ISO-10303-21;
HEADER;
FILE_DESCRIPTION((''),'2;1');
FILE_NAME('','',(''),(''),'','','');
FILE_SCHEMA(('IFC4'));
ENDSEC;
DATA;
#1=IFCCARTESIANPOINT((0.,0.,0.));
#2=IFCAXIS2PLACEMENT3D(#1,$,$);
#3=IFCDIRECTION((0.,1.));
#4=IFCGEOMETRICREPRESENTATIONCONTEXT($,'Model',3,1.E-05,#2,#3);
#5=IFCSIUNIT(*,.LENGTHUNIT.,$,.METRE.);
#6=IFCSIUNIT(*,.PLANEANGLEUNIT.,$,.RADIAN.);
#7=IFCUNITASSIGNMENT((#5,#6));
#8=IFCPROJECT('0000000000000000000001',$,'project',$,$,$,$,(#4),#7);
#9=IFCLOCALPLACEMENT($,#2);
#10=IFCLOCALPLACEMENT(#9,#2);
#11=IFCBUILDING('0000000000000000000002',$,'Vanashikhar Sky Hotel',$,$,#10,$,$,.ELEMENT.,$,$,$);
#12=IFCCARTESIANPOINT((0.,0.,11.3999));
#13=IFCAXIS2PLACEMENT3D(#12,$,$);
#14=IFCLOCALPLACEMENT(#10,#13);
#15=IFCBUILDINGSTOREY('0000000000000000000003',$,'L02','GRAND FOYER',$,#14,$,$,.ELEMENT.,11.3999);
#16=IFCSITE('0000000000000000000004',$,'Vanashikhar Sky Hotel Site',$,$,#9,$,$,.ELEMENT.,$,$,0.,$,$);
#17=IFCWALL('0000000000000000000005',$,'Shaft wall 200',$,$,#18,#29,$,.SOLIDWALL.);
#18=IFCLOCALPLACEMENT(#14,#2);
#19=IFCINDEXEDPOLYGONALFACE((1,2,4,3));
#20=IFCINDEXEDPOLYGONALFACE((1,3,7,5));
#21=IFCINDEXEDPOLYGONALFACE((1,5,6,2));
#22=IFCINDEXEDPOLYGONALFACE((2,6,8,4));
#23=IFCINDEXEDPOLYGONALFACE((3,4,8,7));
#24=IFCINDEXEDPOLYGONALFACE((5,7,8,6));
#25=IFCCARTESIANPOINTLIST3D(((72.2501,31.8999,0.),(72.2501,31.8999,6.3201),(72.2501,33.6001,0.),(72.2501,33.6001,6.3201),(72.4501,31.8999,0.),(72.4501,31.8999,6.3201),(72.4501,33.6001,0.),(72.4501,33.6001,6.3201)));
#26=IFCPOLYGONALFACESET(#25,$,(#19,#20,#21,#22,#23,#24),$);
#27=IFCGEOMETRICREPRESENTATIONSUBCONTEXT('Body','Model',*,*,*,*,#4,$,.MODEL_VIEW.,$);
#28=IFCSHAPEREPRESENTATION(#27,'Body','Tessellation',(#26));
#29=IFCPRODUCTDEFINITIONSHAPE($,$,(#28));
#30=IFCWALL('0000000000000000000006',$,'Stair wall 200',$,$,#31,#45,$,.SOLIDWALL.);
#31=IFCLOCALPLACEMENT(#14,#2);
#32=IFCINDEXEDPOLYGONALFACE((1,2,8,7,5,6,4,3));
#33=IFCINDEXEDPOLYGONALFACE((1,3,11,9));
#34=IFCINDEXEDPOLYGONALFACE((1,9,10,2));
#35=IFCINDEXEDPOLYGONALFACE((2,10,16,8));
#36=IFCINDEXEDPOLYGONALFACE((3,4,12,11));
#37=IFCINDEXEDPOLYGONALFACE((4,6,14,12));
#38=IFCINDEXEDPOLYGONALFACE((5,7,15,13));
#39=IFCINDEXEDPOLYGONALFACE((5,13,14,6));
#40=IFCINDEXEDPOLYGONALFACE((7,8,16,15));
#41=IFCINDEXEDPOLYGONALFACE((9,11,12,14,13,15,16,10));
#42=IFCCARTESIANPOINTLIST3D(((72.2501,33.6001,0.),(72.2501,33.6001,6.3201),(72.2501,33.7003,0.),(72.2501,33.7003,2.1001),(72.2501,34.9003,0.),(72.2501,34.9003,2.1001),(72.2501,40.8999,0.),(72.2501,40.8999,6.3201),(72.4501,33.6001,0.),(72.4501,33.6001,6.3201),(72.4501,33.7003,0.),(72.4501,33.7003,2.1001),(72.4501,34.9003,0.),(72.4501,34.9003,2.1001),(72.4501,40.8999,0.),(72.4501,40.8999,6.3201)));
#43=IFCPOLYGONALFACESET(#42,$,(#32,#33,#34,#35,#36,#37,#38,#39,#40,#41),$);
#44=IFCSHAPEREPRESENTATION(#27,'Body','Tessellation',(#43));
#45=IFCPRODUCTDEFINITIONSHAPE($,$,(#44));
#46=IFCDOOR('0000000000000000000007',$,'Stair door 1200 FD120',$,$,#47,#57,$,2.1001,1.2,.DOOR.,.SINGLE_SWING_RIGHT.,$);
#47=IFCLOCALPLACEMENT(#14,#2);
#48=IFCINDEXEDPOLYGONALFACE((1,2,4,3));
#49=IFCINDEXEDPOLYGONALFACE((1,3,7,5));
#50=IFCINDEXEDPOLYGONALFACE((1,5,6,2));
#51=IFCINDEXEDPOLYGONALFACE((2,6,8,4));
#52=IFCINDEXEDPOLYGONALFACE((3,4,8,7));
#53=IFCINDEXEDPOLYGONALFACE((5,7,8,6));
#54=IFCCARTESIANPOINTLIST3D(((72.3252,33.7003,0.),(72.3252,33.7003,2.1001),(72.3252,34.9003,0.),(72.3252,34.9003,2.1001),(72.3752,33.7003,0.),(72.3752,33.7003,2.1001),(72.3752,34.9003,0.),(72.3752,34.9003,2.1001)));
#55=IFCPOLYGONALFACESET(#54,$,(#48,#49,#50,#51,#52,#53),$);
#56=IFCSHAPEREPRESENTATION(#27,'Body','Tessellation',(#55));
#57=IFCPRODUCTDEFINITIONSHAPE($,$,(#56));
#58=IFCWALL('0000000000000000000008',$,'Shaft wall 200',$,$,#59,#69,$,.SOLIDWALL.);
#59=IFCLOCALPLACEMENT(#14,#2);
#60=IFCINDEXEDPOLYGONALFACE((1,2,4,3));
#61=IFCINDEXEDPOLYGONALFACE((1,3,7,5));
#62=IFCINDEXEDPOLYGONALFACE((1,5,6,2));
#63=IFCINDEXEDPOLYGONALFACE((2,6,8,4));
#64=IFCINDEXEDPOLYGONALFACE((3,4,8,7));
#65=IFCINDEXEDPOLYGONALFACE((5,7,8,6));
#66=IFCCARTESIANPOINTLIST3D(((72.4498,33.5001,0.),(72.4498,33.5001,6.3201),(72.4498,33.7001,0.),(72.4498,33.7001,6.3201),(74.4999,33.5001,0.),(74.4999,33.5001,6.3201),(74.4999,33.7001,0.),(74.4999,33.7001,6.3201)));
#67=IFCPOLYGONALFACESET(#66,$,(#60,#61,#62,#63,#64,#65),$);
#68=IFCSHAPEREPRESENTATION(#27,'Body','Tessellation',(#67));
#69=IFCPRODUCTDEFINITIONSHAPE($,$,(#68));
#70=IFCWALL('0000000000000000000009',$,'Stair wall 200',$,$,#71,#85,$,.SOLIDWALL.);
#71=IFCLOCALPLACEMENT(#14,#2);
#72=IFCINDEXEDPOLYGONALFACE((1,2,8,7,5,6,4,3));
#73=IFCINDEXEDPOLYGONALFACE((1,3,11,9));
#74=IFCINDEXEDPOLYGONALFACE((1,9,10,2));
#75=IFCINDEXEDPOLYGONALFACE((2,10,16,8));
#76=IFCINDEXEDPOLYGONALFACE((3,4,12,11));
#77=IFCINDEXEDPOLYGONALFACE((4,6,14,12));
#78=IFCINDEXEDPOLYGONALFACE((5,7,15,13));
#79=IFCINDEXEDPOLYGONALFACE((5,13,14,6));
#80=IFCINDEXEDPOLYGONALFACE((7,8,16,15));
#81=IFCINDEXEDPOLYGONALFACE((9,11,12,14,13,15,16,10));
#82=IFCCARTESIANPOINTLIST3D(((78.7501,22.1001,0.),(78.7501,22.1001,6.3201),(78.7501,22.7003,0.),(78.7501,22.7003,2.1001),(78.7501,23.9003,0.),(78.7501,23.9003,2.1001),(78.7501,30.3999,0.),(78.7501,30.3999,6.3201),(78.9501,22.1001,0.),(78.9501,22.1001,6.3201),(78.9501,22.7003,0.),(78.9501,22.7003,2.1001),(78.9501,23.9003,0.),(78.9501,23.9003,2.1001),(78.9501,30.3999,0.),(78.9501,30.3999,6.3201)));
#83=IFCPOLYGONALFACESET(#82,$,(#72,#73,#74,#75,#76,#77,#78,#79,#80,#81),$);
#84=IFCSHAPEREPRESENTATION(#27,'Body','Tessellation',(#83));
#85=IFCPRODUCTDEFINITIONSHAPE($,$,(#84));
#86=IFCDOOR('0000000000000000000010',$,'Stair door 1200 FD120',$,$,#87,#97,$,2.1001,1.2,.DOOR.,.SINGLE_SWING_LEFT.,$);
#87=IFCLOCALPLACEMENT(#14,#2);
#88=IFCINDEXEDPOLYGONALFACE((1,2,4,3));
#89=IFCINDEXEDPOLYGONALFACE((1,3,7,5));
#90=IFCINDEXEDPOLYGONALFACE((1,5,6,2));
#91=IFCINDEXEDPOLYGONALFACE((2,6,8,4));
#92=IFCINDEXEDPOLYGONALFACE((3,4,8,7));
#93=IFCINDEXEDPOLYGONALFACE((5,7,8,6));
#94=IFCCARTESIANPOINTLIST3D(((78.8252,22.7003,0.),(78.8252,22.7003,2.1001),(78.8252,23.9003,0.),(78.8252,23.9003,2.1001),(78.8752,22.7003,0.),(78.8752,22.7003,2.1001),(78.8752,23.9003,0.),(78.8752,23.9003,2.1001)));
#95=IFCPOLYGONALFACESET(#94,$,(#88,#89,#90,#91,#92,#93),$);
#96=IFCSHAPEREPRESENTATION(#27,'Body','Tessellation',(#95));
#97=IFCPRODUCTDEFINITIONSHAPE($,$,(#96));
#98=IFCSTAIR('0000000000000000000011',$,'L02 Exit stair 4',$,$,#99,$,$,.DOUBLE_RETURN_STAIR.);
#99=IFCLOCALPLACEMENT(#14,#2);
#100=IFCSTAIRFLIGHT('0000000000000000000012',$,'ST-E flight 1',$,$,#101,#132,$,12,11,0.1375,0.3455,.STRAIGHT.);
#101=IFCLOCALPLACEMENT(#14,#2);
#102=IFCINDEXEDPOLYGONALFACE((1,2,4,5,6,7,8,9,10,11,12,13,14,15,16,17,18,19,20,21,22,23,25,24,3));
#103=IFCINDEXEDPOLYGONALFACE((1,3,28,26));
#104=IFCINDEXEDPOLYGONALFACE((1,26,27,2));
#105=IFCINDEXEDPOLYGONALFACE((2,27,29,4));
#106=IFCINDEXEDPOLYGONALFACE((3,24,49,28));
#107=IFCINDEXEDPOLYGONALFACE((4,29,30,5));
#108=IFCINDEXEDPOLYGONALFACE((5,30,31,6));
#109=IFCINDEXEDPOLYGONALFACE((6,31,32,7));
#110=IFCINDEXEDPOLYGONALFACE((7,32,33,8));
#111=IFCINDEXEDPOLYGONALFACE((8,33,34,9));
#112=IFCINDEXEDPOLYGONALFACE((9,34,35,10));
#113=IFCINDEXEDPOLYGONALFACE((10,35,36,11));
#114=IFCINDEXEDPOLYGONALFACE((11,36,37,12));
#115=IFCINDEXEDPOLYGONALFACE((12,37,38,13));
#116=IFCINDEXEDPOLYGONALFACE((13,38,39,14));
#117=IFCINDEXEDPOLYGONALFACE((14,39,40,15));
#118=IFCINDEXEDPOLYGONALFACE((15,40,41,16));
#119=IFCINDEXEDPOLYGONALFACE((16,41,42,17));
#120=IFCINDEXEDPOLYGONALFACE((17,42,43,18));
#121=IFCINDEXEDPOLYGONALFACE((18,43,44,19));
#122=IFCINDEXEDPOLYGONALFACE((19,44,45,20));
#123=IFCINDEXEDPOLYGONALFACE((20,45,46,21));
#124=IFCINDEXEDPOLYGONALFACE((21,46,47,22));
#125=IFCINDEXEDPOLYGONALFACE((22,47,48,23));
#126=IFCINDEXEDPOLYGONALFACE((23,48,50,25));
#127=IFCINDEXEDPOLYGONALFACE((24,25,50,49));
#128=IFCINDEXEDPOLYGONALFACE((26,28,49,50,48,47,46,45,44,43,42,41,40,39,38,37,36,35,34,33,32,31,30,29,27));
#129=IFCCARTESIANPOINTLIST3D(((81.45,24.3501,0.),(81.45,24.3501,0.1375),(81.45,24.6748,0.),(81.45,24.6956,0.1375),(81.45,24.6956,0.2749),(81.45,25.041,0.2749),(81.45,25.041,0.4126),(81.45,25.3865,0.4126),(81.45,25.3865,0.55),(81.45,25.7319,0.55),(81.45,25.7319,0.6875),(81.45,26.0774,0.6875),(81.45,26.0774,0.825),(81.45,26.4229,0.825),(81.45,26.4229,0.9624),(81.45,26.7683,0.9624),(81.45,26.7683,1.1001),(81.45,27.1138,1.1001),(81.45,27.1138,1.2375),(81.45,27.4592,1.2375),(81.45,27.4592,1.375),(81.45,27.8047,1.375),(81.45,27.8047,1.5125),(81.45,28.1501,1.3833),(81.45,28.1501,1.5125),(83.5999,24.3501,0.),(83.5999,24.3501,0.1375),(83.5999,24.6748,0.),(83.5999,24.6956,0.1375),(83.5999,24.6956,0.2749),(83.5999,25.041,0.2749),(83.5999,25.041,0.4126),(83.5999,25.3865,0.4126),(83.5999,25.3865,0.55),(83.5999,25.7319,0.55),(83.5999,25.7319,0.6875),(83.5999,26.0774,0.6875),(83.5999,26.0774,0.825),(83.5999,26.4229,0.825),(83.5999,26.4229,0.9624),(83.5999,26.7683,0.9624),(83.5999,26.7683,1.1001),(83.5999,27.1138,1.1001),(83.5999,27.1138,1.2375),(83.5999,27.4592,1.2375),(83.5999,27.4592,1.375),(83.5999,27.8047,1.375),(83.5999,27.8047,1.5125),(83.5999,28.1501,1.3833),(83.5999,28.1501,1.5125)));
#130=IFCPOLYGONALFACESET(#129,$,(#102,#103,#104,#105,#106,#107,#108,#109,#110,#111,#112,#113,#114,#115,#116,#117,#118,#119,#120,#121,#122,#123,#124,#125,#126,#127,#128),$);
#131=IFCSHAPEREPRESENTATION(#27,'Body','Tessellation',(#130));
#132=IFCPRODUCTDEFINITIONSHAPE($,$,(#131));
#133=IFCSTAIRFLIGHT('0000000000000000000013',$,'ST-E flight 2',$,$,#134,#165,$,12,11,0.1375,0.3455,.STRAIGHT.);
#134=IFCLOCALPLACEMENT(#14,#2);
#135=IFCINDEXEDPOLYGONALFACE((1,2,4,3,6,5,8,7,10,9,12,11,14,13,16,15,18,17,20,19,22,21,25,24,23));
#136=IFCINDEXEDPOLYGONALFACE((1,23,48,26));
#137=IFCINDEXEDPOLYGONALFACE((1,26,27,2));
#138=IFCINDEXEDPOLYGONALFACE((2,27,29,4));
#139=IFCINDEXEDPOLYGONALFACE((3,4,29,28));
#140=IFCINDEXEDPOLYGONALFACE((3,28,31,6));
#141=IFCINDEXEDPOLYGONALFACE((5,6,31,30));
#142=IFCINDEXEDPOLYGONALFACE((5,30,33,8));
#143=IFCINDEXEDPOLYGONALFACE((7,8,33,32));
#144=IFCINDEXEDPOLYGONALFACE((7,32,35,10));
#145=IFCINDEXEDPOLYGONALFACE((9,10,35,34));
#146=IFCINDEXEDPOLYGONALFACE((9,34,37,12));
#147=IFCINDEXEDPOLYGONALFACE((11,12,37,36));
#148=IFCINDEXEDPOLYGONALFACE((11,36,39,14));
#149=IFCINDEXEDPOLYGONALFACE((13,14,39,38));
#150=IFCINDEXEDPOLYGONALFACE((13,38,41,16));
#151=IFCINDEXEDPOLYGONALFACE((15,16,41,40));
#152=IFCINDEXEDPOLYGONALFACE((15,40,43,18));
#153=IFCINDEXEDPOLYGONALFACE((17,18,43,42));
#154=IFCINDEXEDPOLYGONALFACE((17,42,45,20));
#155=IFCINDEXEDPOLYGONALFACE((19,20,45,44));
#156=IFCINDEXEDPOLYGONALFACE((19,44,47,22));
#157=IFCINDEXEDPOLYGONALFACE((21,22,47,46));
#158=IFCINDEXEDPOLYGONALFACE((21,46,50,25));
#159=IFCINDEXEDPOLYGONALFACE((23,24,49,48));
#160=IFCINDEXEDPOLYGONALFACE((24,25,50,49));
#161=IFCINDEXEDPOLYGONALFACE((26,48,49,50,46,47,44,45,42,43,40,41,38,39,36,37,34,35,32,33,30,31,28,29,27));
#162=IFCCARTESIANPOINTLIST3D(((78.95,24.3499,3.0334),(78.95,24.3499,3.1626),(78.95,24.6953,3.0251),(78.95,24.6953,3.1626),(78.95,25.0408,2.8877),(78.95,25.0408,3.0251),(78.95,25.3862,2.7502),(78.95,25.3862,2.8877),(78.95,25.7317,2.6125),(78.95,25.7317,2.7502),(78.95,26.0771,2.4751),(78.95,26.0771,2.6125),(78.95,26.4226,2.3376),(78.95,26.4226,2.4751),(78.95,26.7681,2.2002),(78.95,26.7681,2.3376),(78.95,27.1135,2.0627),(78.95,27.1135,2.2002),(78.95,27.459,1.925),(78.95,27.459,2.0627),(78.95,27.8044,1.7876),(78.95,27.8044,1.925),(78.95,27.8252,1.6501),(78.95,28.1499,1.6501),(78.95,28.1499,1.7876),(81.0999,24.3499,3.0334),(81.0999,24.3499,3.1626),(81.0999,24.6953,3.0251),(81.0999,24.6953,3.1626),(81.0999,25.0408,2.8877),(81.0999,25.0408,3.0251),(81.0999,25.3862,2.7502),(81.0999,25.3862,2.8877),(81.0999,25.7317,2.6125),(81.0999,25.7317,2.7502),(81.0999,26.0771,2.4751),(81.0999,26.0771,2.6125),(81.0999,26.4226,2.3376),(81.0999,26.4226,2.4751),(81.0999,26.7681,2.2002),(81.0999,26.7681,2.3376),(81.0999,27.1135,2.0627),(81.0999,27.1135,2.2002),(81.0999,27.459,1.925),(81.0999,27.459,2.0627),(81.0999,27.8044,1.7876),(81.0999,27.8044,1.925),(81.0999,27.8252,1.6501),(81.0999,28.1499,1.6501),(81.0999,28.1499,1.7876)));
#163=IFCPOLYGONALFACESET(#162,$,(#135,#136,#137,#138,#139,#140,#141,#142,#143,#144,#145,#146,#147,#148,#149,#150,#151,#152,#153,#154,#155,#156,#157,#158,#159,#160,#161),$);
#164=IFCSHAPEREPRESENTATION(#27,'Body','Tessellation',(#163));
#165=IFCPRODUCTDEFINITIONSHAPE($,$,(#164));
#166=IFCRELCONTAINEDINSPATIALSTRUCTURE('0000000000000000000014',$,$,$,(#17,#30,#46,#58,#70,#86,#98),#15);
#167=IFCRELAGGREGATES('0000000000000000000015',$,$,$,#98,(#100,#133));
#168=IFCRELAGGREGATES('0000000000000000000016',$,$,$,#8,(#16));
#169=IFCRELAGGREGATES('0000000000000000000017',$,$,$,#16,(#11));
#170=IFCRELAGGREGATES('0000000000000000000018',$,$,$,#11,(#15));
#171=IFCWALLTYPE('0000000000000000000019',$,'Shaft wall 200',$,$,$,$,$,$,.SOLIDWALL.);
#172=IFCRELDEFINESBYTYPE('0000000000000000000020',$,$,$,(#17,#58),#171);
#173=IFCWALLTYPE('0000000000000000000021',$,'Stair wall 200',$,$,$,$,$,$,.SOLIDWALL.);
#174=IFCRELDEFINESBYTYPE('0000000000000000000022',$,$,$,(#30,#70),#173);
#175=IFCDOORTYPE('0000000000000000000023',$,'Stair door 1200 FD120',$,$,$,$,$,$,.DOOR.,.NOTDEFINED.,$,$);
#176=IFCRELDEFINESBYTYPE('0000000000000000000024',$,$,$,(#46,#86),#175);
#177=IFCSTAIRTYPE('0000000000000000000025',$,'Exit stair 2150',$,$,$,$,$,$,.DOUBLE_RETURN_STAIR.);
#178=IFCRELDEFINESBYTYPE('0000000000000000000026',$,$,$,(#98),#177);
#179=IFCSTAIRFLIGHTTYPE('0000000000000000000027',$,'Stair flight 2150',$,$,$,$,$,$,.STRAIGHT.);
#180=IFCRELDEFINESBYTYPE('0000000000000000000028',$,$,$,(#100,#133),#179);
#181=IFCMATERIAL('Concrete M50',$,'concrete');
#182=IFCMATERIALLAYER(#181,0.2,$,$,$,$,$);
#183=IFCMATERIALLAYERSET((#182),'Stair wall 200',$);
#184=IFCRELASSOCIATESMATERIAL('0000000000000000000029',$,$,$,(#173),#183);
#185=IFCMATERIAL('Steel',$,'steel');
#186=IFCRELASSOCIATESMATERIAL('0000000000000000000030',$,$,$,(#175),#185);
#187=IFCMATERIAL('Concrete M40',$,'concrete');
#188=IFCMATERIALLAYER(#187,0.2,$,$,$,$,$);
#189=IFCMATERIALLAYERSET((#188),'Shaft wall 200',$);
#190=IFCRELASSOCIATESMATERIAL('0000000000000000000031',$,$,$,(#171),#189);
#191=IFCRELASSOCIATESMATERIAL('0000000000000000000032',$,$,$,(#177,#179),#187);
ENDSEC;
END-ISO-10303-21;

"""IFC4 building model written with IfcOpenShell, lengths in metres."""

from ifc_helpers import new_model, si_unit, direction, frame, frame_2d, origin, place, context, subcontext, project, spatial, polyline, rectangle, outline, extrude, source, transform, mapped, material, layer, layer_set, type_object, element, fill, aggregate, save


model = new_model("IFC4")

# Units and contexts
model_context = context("Model", 3, precision=1e-05, world=origin(), true_north=direction((0.0, 1.0)))
body_context = subcontext(model_context, "Body", "Model", "MODEL_VIEW")
ifc_project = project(units=[si_unit("LENGTHUNIT", "METRE"), si_unit("PLANEANGLEUNIT", "RADIAN")], contexts=[model_context])

# Site, building, storey
site_placement = place(None, origin())
site = spatial("IfcSite", under=ifc_project, at=site_placement, Name="Vanashikhar Sky Hotel Site", CompositionType="ELEMENT", RefElevation=0.0)
building_placement = place(site_placement, origin())
building = spatial("IfcBuilding", under=site, at=building_placement, Name="Vanashikhar Sky Hotel", CompositionType="ELEMENT")
storey_placement = place(building_placement, frame((0.0, 0.0, 11.3999)))
storey = spatial("IfcBuildingStorey", under=building, at=storey_placement, Name="L02", Description="GRAND FOYER", CompositionType="ELEMENT", Elevation=11.3999)

# Shared definitions
ifc_material_1 = material(Name="Concrete M50", Category="concrete")

# Shared definitions
ifc_material_2 = material(Name="Steel", Category="steel")
shared_shape_1 = source(origin(), body_context, "Body", "SweptSolid", [
    extrude(rectangle(XDim=1.2, YDim=2.1001, at=frame_2d((0.6001, 1.05))), frame((0.0, 0.0249, 0.0), z_axis=(0.0, -1.0, 0.0), x_axis=(1.0, 0.0, 0.0)), (0.0, 0.0, 1.0), 0.05),
])

# Shared definitions
ifc_layer_1 = layer(ifc_material_1, 0.2)
ifc_layer_set_1 = layer_set([ifc_layer_1], Name="Stair wall 200")
wall_type_1 = type_object("IfcWallType", Name="Stair wall 200", PredefinedType="SOLIDWALL", material=ifc_layer_set_1)
shared_shape_2 = source(origin(), body_context, "Body", "SweptSolid", [
    extrude(rectangle(XDim=1.2, YDim=2.1001, at=frame_2d((0.6001, 1.05))), frame((0.0, 0.1099, 0.0), z_axis=(0.0, -1.0, 0.0), x_axis=(1.0, 0.0, 0.0)), (0.0, 0.0, 1.0), 0.22),
])
door_type_1 = type_object("IfcDoorType", Name="Stair door 1200 FD120", OperationType="NOTDEFINED", PredefinedType="DOOR", material=ifc_material_2)

# Wall
ifc_material_3 = material(Name="Concrete M40", Category="concrete")
ifc_layer_2 = layer(ifc_material_3, 0.2)
ifc_layer_set_2 = layer_set([ifc_layer_2], Name="Shaft wall 200")
wall_type_2 = type_object("IfcWallType", Name="Shaft wall 200", PredefinedType="SOLIDWALL", material=ifc_layer_set_2)
shared_shape_3 = source(origin(), body_context, "Body", "SweptSolid", [
    extrude(rectangle(XDim=1.7002, YDim=0.2, at=frame_2d((0.8501, 0.0))), origin(), (0.0, 0.0, 1.0), 6.3201),
])
wall_1_placement = place(storey_placement, frame((72.3501, 31.8999, 0.0), z_axis=(0.0, 0.0, 1.0), x_axis=(0.0, 1.0, 0.0)))
element("IfcWall", 1, at=wall_1_placement, inside=storey, type_object=wall_type_2, Name="Shaft wall 200", PredefinedType="SOLIDWALL", context=body_context, shape_type="MappedRepresentation", body=[
    mapped(shared_shape_3, transform((0.0, 0.0, 0.0), scale=1.0)),
])

# Wall, opening, door
shared_shape_4 = source(origin(), body_context, "Body", "SweptSolid", [
    extrude(rectangle(XDim=7.2998, YDim=0.2, at=frame_2d((3.6499, 0.0))), origin(), (0.0, 0.0, 1.0), 6.3201),
])
wall_2_placement = place(storey_placement, frame((72.3501, 33.6001, 0.0), z_axis=(0.0, 0.0, 1.0), x_axis=(0.0, 1.0, 0.0)))
wall_2 = element("IfcWall", 2, at=wall_2_placement, inside=storey, type_object=wall_type_1, Name="Stair wall 200", PredefinedType="SOLIDWALL", context=body_context, shape_type="MappedRepresentation", body=[
    mapped(shared_shape_4, transform((0.0, 0.0, 0.0), scale=1.0)),
])
opening_1_placement = place(wall_2_placement, frame((0.1001, 0.0, 0.0)))
opening_1 = element("IfcOpeningElement", 3, at=opening_1_placement, cuts=wall_2, PredefinedType="OPENING", context=body_context, shape_type="MappedRepresentation", body=[
    mapped(shared_shape_2, transform((0.0, 0.0, 0.0), scale=1.0)),
])
door_1_placement = place(opening_1_placement, origin())
door_1 = element("IfcDoor", 4, at=door_1_placement, inside=storey, type_object=door_type_1, Name="Stair door 1200 FD120", OperationType="SINGLE_SWING_RIGHT", OverallHeight=2.1001, OverallWidth=1.2, PredefinedType="DOOR", context=body_context, shape_type="MappedRepresentation", body=[
    mapped(shared_shape_1, transform((0.0, 0.0, 0.0), scale=1.0)),
])
fill(opening_1, door_1)

# Wall
shared_shape_5 = source(origin(), body_context, "Body", "SweptSolid", [
    extrude(rectangle(XDim=2.05, YDim=0.2, at=frame_2d((1.0249, 0.0))), origin(), (0.0, 0.0, 1.0), 6.3201),
])
wall_3_placement = place(storey_placement, frame((72.45, 33.6001, 0.0), z_axis=(0.0, 0.0, 1.0), x_axis=(1.0, 0.0, 0.0)))
element("IfcWall", 5, at=wall_3_placement, inside=storey, type_object=wall_type_2, Name="Shaft wall 200", PredefinedType="SOLIDWALL", context=body_context, shape_type="MappedRepresentation", body=[
    mapped(shared_shape_5, transform((0.0, 0.0, 0.0), scale=1.0)),
])

# Wall, opening, door
shared_shape_6 = source(origin(), body_context, "Body", "SweptSolid", [
    extrude(rectangle(XDim=8.2998, YDim=0.2, at=frame_2d((4.1499, 0.0))), origin(), (0.0, 0.0, 1.0), 6.3201),
])
wall_4_placement = place(storey_placement, frame((78.8501, 22.1001, 0.0), z_axis=(0.0, 0.0, 1.0), x_axis=(0.0, 1.0, 0.0)))
wall_4 = element("IfcWall", 6, at=wall_4_placement, inside=storey, type_object=wall_type_1, Name="Stair wall 200", PredefinedType="SOLIDWALL", context=body_context, shape_type="MappedRepresentation", body=[
    mapped(shared_shape_6, transform((0.0, 0.0, 0.0), scale=1.0)),
])
opening_2_placement = place(wall_4_placement, frame((0.6001, 0.0, 0.0)))
opening_2 = element("IfcOpeningElement", 7, at=opening_2_placement, cuts=wall_4, PredefinedType="OPENING", context=body_context, shape_type="MappedRepresentation", body=[
    mapped(shared_shape_2, transform((0.0, 0.0, 0.0), scale=1.0)),
])
door_2_placement = place(opening_2_placement, origin())
door_2 = element("IfcDoor", 8, at=door_2_placement, inside=storey, type_object=door_type_1, Name="Stair door 1200 FD120", OperationType="SINGLE_SWING_LEFT", OverallHeight=2.1001, OverallWidth=1.2, PredefinedType="DOOR", context=body_context, shape_type="MappedRepresentation", body=[
    mapped(shared_shape_1, transform((0.0, 0.0, 0.0), scale=1.0)),
])
fill(opening_2, door_2)

# Stair, stair flights
stair_type = type_object("IfcStairType", Name="Exit stair 2150", PredefinedType="DOUBLE_RETURN_STAIR", material=ifc_material_3)
stair_placement = place(storey_placement, origin())
stair = element("IfcStair", 9, at=stair_placement, inside=storey, type_object=stair_type, Name="L02 Exit stair 4", PredefinedType="DOUBLE_RETURN_STAIR")
stair_flight_type = type_object("IfcStairFlightType", Name="Stair flight 2150", PredefinedType="STRAIGHT", material=ifc_material_3)
shared_shape_7 = source(origin(), body_context, "Body", "SweptSolid", [
    extrude(outline(polyline([(0.0, 0.0), (0.0, 0.1375), (0.3455, 0.1375), (0.3455, 0.2749), (0.6909, 0.2749), (0.6909, 0.4126), (1.0364, 0.4126), (1.0364, 0.55), (1.3818, 0.55), (1.3818, 0.6875), (1.7273, 0.6875), (1.7273, 0.825), (2.0728, 0.825), (2.0728, 0.9624), (2.4182, 0.9624), (2.4182, 1.1001), (2.7637, 1.1001), (2.7637, 1.2375), (3.1091, 1.2375), (3.1091, 1.375), (3.4546, 1.375), (3.4546, 1.5125), (3.8, 1.5125), (3.8, 1.6499), (3.8, 1.3833), (0.3247, 0.0), (0.0, 0.0)])), frame((0.0, 1.075, 0.0), z_axis=(0.0, -1.0, 0.0), x_axis=(1.0, 0.0, 0.0)), (0.0, 0.0, 1.0), 2.1499),
])
stair_flight_1_placement = place(storey_placement, frame((82.5249, 24.3501, 0.0), z_axis=(0.0, 0.0, 1.0), x_axis=(0.0, 1.0, 0.0)))
stair_flight_1 = element("IfcStairFlight", 10, at=stair_flight_1_placement, type_object=stair_flight_type, Name="ST-E flight 1", NumberOfRisers=12, NumberOfTreads=11, PredefinedType="STRAIGHT", RiserHeight=0.1375, TreadLength=0.3455, context=body_context, shape_type="MappedRepresentation", body=[
    mapped(shared_shape_7, transform((0.0, 0.0, 0.0), scale=1.0)),
])
stair_flight_2_placement = place(storey_placement, frame((80.0249, 28.1499, 1.6501), z_axis=(0.0, 0.0, 1.0), x_axis=(0.0, -1.0, 0.0)))
stair_flight_2 = element("IfcStairFlight", 11, at=stair_flight_2_placement, type_object=stair_flight_type, Name="ST-E flight 2", NumberOfRisers=12, NumberOfTreads=11, PredefinedType="STRAIGHT", RiserHeight=0.1375, TreadLength=0.3455, context=body_context, shape_type="MappedRepresentation", body=[
    mapped(shared_shape_7, transform((0.0, 0.0, 0.0), scale=1.0)),
])
aggregate(stair, [stair_flight_1, stair_flight_2])

save(model, "model.ifc")
